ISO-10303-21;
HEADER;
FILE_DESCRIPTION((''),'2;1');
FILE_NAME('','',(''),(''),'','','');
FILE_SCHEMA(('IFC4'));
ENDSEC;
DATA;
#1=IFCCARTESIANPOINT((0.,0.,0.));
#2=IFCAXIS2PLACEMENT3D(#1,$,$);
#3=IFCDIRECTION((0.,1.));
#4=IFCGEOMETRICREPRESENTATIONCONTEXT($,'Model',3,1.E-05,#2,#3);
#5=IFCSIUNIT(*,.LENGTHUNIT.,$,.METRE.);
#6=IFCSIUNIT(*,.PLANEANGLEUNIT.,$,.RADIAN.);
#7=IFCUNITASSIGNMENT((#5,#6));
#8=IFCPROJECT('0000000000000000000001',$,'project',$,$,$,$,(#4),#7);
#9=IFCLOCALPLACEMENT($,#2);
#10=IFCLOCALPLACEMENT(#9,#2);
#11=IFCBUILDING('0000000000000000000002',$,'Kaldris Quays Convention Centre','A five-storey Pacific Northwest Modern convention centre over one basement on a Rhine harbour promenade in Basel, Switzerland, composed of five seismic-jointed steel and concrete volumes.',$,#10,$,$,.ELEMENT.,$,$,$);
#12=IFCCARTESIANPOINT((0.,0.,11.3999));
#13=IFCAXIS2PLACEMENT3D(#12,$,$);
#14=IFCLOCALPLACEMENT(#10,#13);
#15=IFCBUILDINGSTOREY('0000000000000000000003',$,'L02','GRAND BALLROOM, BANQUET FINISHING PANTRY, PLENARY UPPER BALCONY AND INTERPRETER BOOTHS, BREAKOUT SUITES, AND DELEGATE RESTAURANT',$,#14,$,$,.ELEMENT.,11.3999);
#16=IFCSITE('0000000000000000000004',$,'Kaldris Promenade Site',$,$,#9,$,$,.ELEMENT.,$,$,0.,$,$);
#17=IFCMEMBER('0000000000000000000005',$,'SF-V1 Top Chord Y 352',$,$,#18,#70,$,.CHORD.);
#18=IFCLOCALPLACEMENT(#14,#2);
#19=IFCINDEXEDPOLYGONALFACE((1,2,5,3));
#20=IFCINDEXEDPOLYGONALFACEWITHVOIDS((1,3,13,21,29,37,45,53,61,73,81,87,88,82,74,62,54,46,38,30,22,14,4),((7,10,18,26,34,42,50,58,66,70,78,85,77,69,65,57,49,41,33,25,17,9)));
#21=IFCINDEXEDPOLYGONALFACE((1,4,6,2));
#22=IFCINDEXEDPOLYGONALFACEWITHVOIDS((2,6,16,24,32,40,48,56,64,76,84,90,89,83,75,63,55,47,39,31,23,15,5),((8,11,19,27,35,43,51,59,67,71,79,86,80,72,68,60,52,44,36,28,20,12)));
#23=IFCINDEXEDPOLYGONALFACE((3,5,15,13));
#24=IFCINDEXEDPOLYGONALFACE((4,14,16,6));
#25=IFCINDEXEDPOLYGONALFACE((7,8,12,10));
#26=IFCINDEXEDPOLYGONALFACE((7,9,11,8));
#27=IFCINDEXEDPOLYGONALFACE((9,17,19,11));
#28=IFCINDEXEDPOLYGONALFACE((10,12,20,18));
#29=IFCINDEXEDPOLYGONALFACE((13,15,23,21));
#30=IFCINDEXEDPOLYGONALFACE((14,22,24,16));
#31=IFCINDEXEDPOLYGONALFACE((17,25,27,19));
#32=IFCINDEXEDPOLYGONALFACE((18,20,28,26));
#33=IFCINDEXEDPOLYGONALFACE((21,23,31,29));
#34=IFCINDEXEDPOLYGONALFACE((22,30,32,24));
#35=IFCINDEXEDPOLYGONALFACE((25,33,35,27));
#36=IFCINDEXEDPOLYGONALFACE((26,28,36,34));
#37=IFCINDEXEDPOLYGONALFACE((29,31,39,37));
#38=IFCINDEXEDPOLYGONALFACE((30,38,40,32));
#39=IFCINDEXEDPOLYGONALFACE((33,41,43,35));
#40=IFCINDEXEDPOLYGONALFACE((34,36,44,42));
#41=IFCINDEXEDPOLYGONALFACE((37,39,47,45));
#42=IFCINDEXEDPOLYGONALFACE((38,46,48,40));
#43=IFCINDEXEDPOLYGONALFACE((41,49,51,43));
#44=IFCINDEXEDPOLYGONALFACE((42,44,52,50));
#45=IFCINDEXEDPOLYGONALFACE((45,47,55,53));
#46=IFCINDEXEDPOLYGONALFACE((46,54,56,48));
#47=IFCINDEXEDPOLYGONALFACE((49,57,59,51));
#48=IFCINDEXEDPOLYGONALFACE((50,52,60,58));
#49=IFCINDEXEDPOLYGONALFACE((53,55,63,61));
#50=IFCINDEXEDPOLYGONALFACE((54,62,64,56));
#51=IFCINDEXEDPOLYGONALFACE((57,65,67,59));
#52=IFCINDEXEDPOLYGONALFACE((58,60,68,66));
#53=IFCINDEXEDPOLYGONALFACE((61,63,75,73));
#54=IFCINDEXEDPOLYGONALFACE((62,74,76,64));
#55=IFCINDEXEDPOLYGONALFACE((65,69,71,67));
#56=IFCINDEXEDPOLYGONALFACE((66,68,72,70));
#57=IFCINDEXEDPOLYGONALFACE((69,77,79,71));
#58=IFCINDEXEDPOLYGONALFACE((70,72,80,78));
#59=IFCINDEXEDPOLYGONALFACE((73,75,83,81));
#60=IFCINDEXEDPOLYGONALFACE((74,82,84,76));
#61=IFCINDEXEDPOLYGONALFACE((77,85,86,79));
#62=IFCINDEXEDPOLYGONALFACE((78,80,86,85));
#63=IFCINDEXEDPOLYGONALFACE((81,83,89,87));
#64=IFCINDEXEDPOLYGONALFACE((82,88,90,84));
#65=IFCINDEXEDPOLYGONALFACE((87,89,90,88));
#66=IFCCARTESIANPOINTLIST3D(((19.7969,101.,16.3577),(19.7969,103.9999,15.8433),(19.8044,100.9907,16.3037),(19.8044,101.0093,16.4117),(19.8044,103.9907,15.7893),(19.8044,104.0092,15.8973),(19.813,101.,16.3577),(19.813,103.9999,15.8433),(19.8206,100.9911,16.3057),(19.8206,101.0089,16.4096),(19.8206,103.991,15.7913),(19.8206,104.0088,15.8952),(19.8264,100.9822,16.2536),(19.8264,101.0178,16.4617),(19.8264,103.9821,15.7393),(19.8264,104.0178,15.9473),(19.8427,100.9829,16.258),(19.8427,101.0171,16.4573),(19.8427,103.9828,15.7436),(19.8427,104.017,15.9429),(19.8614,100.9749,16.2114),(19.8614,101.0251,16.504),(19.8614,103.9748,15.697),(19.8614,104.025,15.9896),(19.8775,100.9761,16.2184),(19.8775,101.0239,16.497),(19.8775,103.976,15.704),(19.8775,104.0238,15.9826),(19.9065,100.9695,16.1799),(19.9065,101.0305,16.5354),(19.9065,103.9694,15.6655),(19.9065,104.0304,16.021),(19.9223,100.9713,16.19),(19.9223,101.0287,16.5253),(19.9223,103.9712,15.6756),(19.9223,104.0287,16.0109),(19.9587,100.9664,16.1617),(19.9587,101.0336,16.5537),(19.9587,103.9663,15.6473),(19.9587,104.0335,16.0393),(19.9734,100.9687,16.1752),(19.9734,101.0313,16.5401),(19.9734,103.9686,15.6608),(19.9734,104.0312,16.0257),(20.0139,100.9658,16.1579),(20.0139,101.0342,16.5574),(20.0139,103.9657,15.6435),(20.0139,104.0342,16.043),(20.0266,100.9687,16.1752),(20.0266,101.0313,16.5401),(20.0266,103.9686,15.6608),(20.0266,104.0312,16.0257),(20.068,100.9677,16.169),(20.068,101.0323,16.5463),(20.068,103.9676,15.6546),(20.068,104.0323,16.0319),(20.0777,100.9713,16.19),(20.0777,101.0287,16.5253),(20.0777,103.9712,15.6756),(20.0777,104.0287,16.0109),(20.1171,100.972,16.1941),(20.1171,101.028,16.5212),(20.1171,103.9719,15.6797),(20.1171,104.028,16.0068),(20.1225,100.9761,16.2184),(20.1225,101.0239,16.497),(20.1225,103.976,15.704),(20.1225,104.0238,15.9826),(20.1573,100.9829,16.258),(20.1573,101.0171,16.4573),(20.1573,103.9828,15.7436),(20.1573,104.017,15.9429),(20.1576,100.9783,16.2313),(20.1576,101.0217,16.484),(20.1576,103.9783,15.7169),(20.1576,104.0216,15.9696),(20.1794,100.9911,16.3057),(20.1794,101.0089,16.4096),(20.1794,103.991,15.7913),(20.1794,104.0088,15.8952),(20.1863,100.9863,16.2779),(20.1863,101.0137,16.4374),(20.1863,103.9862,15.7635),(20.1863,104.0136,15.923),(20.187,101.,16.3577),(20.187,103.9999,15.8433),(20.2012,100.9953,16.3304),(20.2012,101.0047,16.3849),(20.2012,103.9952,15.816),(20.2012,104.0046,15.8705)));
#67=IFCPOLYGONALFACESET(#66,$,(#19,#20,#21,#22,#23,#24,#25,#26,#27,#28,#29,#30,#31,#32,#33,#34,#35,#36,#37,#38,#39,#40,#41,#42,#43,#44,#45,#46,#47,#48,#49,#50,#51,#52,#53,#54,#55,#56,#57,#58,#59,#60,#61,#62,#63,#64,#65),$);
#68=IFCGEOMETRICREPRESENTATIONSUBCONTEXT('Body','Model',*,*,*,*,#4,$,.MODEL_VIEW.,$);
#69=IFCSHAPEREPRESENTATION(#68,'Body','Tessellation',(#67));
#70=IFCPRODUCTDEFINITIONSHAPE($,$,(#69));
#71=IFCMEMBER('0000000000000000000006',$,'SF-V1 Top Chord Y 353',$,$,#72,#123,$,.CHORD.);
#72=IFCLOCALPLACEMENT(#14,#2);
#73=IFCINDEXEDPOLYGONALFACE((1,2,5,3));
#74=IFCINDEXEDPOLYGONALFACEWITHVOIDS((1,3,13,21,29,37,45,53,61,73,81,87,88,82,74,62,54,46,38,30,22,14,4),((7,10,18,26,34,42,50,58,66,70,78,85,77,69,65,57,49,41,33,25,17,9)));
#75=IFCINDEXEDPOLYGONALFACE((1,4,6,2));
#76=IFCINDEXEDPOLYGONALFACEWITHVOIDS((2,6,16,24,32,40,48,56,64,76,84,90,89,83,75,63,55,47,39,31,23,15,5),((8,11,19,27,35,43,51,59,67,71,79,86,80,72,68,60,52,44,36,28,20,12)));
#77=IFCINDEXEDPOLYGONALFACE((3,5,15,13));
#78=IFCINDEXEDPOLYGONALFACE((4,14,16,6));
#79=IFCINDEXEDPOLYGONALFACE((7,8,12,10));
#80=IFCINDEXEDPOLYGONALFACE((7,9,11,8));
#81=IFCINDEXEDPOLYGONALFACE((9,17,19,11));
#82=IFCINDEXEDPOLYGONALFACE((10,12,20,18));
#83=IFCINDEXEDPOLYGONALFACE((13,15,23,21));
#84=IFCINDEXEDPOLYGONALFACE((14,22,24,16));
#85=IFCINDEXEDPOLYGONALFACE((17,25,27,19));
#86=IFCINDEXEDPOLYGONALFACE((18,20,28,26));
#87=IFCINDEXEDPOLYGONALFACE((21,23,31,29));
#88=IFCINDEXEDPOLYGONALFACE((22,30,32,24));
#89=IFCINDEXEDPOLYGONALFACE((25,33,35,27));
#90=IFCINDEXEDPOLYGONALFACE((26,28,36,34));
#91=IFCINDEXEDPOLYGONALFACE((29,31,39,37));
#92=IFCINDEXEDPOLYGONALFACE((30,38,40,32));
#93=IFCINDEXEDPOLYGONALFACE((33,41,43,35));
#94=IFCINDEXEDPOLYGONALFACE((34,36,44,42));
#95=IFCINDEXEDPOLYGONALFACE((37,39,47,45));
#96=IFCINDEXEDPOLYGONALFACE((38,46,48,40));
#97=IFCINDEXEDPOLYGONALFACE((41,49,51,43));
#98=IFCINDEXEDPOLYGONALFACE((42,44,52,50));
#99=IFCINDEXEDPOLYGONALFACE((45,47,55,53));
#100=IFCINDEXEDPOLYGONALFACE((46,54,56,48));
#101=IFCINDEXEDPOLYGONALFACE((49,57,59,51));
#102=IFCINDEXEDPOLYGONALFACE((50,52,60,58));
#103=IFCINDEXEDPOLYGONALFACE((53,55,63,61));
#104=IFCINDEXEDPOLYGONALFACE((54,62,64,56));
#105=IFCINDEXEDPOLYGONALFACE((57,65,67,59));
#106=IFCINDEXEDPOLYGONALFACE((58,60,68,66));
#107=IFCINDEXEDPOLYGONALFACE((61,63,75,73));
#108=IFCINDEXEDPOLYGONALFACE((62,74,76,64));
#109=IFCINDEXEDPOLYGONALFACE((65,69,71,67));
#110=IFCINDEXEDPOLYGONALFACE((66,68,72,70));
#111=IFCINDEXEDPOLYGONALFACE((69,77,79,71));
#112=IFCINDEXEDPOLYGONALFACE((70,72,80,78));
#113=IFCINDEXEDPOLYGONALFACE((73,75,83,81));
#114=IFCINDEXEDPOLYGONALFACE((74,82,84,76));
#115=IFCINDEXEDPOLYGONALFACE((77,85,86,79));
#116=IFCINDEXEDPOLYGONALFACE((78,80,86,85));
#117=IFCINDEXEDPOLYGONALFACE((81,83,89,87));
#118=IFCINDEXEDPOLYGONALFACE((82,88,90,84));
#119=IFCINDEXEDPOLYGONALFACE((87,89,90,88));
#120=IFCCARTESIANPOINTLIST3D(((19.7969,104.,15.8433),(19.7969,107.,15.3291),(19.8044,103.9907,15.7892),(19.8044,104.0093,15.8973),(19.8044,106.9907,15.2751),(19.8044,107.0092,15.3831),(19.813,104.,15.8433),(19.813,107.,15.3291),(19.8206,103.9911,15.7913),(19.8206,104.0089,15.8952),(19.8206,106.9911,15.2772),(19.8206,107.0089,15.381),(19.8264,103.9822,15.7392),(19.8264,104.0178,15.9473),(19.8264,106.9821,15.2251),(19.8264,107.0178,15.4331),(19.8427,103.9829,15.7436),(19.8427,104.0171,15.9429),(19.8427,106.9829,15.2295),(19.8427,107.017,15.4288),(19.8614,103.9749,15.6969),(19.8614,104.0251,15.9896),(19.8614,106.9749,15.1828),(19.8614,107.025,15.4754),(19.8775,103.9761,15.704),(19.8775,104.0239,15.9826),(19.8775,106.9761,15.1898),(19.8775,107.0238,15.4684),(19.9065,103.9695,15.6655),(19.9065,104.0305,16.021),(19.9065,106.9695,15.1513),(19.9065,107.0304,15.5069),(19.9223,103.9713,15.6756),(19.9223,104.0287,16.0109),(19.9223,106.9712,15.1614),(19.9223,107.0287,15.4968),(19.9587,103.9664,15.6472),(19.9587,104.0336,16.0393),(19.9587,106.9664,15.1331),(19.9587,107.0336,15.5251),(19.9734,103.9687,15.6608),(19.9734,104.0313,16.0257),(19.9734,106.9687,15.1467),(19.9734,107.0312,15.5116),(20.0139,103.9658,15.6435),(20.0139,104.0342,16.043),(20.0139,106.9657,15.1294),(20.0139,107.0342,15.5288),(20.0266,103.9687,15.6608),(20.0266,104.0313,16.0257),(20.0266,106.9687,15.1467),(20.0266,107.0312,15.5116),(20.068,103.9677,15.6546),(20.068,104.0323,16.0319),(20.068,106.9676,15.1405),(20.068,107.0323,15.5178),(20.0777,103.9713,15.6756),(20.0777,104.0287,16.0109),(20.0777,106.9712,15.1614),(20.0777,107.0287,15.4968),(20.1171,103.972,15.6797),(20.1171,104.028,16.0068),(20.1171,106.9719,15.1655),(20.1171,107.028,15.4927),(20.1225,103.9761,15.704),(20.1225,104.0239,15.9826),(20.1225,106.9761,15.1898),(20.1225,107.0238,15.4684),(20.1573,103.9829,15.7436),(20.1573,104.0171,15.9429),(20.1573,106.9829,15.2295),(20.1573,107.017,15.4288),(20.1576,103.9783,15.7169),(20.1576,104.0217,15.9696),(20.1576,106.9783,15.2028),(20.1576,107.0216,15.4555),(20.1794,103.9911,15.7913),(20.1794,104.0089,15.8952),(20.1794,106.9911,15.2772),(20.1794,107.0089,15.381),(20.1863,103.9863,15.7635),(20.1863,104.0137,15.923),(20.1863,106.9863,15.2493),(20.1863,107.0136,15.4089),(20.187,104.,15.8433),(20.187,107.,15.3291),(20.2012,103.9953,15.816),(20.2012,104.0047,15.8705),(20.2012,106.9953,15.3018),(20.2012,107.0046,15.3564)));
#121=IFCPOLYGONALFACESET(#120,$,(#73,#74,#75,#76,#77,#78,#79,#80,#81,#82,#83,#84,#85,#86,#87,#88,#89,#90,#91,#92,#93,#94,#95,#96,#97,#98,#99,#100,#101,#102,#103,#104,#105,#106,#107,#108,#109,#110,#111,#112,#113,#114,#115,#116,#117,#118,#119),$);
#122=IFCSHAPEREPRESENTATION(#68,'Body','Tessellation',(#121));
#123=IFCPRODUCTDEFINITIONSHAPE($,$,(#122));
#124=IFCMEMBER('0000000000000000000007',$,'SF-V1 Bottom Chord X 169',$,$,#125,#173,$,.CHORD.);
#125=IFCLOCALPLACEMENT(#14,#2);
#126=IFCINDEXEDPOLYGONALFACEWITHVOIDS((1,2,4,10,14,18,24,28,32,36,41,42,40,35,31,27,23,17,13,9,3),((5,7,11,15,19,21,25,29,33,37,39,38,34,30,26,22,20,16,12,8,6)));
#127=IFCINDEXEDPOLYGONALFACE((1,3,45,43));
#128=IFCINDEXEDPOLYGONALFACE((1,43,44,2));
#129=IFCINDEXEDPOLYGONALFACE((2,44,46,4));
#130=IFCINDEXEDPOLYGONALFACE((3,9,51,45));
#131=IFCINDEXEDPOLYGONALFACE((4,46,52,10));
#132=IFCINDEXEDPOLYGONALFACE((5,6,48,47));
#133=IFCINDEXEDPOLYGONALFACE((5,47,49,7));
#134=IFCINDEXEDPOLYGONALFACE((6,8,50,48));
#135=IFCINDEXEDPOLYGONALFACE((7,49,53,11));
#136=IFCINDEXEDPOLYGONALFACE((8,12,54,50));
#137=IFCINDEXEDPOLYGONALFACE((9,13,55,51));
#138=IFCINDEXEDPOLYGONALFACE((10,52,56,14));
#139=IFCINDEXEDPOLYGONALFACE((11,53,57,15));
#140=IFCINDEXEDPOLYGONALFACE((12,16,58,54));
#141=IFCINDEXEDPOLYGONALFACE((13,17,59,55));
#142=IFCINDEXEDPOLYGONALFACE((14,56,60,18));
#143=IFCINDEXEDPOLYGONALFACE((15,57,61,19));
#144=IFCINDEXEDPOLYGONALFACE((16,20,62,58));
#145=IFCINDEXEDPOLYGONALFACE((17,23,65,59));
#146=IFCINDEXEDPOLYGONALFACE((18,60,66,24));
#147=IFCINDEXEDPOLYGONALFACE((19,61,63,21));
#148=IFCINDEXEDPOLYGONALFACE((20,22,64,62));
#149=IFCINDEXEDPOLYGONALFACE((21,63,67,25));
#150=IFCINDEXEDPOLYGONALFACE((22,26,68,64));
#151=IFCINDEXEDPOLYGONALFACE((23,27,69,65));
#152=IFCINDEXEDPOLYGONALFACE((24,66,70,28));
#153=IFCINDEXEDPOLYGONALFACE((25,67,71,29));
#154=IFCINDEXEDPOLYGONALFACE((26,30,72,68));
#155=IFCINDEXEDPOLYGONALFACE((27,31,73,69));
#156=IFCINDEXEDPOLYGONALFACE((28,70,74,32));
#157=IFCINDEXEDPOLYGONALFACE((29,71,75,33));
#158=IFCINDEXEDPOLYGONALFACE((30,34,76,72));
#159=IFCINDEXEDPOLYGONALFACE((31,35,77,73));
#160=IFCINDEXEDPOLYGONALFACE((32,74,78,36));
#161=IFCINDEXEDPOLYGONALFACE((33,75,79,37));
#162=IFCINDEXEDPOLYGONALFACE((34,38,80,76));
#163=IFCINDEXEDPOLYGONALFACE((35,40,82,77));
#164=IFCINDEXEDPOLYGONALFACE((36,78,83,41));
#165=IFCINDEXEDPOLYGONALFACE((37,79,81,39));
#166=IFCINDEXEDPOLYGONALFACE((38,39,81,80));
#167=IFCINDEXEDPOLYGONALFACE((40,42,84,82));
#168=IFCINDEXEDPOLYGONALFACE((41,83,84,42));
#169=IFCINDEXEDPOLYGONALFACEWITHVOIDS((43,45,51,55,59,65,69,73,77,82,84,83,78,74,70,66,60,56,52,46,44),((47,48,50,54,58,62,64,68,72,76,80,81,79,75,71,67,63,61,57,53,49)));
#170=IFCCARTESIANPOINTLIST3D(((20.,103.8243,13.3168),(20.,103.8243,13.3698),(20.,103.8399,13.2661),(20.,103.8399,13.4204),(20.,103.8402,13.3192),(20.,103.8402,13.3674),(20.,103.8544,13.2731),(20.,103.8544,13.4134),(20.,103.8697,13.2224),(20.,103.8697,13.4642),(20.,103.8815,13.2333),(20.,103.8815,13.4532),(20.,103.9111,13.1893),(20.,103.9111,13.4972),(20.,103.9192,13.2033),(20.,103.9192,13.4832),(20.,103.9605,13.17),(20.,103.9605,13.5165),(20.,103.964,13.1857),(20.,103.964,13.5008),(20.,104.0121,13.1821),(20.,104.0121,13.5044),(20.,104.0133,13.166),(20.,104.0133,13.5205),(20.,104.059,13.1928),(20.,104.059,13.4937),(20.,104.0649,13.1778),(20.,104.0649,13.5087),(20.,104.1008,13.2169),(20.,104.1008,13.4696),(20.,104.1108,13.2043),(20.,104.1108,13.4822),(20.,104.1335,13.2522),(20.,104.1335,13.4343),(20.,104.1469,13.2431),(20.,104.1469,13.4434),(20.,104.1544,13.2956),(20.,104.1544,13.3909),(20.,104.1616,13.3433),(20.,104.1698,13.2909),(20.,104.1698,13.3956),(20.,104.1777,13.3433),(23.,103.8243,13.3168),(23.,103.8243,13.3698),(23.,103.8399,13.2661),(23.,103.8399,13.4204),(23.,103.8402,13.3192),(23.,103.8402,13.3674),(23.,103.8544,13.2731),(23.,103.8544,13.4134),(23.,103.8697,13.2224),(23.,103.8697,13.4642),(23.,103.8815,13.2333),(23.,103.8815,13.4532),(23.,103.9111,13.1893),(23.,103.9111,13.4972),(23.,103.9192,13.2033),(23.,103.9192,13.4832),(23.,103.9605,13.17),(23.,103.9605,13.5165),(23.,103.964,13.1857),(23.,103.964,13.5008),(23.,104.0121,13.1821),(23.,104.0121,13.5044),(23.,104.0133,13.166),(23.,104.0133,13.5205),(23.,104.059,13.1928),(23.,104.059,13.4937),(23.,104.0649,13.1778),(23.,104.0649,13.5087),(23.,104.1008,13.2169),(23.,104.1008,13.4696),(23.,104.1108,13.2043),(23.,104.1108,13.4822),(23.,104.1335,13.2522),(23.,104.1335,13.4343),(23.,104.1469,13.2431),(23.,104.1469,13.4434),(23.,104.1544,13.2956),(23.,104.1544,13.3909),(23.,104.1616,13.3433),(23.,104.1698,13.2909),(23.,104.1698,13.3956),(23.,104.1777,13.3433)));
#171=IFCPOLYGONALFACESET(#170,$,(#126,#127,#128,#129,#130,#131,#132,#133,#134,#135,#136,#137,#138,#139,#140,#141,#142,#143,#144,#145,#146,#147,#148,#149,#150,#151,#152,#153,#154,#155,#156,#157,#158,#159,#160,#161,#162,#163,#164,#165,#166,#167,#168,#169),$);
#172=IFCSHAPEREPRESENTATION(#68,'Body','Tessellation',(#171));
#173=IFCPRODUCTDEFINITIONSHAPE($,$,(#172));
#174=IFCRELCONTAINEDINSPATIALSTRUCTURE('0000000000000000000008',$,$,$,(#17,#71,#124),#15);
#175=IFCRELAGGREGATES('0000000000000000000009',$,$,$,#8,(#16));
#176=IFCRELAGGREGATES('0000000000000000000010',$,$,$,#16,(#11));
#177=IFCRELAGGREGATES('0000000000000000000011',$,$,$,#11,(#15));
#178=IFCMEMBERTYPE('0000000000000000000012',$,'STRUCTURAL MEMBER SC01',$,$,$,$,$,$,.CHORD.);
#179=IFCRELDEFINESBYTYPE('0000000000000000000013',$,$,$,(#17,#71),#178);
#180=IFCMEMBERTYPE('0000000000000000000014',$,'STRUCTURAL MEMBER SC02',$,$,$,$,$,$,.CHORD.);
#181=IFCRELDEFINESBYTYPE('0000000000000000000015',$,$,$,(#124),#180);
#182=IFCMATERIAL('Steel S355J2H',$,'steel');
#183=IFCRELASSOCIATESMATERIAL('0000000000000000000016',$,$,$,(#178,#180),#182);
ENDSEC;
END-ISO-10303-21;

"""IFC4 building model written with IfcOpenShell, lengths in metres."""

from ifc_helpers import new_model, si_unit, direction, frame, origin, origin_2d, place, context, subcontext, project, spatial, hollow_circle, extrude, material, material_profile, profile_set, type_object, element, save


model = new_model("IFC4")

# Units and contexts
model_context = context("Model", 3, precision=1e-05, world=origin(), true_north=direction((0.0, 1.0)))
body_context = subcontext(model_context, "Body", "Model", "MODEL_VIEW")
ifc_project = project(units=[si_unit("LENGTHUNIT", "METRE"), si_unit("PLANEANGLEUNIT", "RADIAN")], contexts=[model_context])

# Site, building, storey
site_placement = place(None, origin())
site = spatial("IfcSite", under=ifc_project, at=site_placement, Name="Kaldris Promenade Site", CompositionType="ELEMENT", RefElevation=0.0)
building_placement = place(site_placement, origin())
building = spatial("IfcBuilding", under=site, at=building_placement, Name="Kaldris Quays Convention Centre", Description="A five-storey Pacific Northwest Modern convention centre over one basement on a Rhine harbour promenade in Basel, Switzerland, composed of five seismic-jointed steel and concrete volumes.", CompositionType="ELEMENT")
storey_placement = place(building_placement, frame((0.0, 0.0, 11.3999)))
storey = spatial("IfcBuildingStorey", under=building, at=storey_placement, Name="L02", Description="GRAND BALLROOM, BANQUET FINISHING PANTRY, PLENARY UPPER BALCONY AND INTERPRETER BOOTHS, BREAKOUT SUITES, AND DELEGATE RESTAURANT", CompositionType="ELEMENT", Elevation=11.3999)

# Members
ifc_material_1 = material(Name="Steel S355J2H", Category="steel")
ifc_material_profile_1 = material_profile(ifc_material_1, hollow_circle(Radius=0.2031, WallThickness=0.0161, at=origin_2d()), Name="CHS 406.4x16")
ifc_profile_set_1 = profile_set([ifc_material_profile_1], Name="Steel S355J2H")
member_type_1 = type_object("IfcMemberType", Name="STRUCTURAL MEMBER SC01", PredefinedType="CHORD", material=ifc_profile_set_1)
for number, where, z_axis, x_axis, name in (
    (1, (20.0, 101.0, 16.3577), (0.0, 0.985616, -0.169002), (-1.0, 0.0, 0.0), "SF-V1 Top Chord Y 352"),
    (2, (20.0, 104.0, 15.8433), (0.0, 0.985629, -0.168924), (-1.0, 0.0, 0.0), "SF-V1 Top Chord Y 353"),
):
    element("IfcMember", number, at=place(storey_placement, frame(where, z_axis=z_axis, x_axis=x_axis)), inside=storey, type_object=member_type_1, Name=name, PredefinedType="CHORD", context=body_context, shape_type="SweptSolid", body=[
        extrude(hollow_circle(Radius=0.2031, WallThickness=0.0161, at=origin_2d()), origin(), (0.0, 0.0, 1.0), 3.0437),
    ])
ifc_material_profile_2 = material_profile(ifc_material_1, hollow_circle(Radius=0.1777, WallThickness=0.0161, at=origin_2d()), Name="CHS 355.6x16")
ifc_profile_set_2 = profile_set([ifc_material_profile_2], Name="Steel S355J2H")
member_type_2 = type_object("IfcMemberType", Name="STRUCTURAL MEMBER SC02", PredefinedType="CHORD", material=ifc_profile_set_2)
member_1_placement = place(storey_placement, frame((20.0, 104.0, 13.3433), z_axis=(1.0, 0.0, 0.0), x_axis=(0.0, 1.0, 0.0)))
element("IfcMember", 3, at=member_1_placement, inside=storey, type_object=member_type_2, Name="SF-V1 Bottom Chord X 169", PredefinedType="CHORD", context=body_context, shape_type="SweptSolid", body=[
    extrude(hollow_circle(Radius=0.1777, WallThickness=0.0161, at=origin_2d()), origin(), (0.0, 0.0, 1.0), 3.0),
])

save(model, "model.ifc")
